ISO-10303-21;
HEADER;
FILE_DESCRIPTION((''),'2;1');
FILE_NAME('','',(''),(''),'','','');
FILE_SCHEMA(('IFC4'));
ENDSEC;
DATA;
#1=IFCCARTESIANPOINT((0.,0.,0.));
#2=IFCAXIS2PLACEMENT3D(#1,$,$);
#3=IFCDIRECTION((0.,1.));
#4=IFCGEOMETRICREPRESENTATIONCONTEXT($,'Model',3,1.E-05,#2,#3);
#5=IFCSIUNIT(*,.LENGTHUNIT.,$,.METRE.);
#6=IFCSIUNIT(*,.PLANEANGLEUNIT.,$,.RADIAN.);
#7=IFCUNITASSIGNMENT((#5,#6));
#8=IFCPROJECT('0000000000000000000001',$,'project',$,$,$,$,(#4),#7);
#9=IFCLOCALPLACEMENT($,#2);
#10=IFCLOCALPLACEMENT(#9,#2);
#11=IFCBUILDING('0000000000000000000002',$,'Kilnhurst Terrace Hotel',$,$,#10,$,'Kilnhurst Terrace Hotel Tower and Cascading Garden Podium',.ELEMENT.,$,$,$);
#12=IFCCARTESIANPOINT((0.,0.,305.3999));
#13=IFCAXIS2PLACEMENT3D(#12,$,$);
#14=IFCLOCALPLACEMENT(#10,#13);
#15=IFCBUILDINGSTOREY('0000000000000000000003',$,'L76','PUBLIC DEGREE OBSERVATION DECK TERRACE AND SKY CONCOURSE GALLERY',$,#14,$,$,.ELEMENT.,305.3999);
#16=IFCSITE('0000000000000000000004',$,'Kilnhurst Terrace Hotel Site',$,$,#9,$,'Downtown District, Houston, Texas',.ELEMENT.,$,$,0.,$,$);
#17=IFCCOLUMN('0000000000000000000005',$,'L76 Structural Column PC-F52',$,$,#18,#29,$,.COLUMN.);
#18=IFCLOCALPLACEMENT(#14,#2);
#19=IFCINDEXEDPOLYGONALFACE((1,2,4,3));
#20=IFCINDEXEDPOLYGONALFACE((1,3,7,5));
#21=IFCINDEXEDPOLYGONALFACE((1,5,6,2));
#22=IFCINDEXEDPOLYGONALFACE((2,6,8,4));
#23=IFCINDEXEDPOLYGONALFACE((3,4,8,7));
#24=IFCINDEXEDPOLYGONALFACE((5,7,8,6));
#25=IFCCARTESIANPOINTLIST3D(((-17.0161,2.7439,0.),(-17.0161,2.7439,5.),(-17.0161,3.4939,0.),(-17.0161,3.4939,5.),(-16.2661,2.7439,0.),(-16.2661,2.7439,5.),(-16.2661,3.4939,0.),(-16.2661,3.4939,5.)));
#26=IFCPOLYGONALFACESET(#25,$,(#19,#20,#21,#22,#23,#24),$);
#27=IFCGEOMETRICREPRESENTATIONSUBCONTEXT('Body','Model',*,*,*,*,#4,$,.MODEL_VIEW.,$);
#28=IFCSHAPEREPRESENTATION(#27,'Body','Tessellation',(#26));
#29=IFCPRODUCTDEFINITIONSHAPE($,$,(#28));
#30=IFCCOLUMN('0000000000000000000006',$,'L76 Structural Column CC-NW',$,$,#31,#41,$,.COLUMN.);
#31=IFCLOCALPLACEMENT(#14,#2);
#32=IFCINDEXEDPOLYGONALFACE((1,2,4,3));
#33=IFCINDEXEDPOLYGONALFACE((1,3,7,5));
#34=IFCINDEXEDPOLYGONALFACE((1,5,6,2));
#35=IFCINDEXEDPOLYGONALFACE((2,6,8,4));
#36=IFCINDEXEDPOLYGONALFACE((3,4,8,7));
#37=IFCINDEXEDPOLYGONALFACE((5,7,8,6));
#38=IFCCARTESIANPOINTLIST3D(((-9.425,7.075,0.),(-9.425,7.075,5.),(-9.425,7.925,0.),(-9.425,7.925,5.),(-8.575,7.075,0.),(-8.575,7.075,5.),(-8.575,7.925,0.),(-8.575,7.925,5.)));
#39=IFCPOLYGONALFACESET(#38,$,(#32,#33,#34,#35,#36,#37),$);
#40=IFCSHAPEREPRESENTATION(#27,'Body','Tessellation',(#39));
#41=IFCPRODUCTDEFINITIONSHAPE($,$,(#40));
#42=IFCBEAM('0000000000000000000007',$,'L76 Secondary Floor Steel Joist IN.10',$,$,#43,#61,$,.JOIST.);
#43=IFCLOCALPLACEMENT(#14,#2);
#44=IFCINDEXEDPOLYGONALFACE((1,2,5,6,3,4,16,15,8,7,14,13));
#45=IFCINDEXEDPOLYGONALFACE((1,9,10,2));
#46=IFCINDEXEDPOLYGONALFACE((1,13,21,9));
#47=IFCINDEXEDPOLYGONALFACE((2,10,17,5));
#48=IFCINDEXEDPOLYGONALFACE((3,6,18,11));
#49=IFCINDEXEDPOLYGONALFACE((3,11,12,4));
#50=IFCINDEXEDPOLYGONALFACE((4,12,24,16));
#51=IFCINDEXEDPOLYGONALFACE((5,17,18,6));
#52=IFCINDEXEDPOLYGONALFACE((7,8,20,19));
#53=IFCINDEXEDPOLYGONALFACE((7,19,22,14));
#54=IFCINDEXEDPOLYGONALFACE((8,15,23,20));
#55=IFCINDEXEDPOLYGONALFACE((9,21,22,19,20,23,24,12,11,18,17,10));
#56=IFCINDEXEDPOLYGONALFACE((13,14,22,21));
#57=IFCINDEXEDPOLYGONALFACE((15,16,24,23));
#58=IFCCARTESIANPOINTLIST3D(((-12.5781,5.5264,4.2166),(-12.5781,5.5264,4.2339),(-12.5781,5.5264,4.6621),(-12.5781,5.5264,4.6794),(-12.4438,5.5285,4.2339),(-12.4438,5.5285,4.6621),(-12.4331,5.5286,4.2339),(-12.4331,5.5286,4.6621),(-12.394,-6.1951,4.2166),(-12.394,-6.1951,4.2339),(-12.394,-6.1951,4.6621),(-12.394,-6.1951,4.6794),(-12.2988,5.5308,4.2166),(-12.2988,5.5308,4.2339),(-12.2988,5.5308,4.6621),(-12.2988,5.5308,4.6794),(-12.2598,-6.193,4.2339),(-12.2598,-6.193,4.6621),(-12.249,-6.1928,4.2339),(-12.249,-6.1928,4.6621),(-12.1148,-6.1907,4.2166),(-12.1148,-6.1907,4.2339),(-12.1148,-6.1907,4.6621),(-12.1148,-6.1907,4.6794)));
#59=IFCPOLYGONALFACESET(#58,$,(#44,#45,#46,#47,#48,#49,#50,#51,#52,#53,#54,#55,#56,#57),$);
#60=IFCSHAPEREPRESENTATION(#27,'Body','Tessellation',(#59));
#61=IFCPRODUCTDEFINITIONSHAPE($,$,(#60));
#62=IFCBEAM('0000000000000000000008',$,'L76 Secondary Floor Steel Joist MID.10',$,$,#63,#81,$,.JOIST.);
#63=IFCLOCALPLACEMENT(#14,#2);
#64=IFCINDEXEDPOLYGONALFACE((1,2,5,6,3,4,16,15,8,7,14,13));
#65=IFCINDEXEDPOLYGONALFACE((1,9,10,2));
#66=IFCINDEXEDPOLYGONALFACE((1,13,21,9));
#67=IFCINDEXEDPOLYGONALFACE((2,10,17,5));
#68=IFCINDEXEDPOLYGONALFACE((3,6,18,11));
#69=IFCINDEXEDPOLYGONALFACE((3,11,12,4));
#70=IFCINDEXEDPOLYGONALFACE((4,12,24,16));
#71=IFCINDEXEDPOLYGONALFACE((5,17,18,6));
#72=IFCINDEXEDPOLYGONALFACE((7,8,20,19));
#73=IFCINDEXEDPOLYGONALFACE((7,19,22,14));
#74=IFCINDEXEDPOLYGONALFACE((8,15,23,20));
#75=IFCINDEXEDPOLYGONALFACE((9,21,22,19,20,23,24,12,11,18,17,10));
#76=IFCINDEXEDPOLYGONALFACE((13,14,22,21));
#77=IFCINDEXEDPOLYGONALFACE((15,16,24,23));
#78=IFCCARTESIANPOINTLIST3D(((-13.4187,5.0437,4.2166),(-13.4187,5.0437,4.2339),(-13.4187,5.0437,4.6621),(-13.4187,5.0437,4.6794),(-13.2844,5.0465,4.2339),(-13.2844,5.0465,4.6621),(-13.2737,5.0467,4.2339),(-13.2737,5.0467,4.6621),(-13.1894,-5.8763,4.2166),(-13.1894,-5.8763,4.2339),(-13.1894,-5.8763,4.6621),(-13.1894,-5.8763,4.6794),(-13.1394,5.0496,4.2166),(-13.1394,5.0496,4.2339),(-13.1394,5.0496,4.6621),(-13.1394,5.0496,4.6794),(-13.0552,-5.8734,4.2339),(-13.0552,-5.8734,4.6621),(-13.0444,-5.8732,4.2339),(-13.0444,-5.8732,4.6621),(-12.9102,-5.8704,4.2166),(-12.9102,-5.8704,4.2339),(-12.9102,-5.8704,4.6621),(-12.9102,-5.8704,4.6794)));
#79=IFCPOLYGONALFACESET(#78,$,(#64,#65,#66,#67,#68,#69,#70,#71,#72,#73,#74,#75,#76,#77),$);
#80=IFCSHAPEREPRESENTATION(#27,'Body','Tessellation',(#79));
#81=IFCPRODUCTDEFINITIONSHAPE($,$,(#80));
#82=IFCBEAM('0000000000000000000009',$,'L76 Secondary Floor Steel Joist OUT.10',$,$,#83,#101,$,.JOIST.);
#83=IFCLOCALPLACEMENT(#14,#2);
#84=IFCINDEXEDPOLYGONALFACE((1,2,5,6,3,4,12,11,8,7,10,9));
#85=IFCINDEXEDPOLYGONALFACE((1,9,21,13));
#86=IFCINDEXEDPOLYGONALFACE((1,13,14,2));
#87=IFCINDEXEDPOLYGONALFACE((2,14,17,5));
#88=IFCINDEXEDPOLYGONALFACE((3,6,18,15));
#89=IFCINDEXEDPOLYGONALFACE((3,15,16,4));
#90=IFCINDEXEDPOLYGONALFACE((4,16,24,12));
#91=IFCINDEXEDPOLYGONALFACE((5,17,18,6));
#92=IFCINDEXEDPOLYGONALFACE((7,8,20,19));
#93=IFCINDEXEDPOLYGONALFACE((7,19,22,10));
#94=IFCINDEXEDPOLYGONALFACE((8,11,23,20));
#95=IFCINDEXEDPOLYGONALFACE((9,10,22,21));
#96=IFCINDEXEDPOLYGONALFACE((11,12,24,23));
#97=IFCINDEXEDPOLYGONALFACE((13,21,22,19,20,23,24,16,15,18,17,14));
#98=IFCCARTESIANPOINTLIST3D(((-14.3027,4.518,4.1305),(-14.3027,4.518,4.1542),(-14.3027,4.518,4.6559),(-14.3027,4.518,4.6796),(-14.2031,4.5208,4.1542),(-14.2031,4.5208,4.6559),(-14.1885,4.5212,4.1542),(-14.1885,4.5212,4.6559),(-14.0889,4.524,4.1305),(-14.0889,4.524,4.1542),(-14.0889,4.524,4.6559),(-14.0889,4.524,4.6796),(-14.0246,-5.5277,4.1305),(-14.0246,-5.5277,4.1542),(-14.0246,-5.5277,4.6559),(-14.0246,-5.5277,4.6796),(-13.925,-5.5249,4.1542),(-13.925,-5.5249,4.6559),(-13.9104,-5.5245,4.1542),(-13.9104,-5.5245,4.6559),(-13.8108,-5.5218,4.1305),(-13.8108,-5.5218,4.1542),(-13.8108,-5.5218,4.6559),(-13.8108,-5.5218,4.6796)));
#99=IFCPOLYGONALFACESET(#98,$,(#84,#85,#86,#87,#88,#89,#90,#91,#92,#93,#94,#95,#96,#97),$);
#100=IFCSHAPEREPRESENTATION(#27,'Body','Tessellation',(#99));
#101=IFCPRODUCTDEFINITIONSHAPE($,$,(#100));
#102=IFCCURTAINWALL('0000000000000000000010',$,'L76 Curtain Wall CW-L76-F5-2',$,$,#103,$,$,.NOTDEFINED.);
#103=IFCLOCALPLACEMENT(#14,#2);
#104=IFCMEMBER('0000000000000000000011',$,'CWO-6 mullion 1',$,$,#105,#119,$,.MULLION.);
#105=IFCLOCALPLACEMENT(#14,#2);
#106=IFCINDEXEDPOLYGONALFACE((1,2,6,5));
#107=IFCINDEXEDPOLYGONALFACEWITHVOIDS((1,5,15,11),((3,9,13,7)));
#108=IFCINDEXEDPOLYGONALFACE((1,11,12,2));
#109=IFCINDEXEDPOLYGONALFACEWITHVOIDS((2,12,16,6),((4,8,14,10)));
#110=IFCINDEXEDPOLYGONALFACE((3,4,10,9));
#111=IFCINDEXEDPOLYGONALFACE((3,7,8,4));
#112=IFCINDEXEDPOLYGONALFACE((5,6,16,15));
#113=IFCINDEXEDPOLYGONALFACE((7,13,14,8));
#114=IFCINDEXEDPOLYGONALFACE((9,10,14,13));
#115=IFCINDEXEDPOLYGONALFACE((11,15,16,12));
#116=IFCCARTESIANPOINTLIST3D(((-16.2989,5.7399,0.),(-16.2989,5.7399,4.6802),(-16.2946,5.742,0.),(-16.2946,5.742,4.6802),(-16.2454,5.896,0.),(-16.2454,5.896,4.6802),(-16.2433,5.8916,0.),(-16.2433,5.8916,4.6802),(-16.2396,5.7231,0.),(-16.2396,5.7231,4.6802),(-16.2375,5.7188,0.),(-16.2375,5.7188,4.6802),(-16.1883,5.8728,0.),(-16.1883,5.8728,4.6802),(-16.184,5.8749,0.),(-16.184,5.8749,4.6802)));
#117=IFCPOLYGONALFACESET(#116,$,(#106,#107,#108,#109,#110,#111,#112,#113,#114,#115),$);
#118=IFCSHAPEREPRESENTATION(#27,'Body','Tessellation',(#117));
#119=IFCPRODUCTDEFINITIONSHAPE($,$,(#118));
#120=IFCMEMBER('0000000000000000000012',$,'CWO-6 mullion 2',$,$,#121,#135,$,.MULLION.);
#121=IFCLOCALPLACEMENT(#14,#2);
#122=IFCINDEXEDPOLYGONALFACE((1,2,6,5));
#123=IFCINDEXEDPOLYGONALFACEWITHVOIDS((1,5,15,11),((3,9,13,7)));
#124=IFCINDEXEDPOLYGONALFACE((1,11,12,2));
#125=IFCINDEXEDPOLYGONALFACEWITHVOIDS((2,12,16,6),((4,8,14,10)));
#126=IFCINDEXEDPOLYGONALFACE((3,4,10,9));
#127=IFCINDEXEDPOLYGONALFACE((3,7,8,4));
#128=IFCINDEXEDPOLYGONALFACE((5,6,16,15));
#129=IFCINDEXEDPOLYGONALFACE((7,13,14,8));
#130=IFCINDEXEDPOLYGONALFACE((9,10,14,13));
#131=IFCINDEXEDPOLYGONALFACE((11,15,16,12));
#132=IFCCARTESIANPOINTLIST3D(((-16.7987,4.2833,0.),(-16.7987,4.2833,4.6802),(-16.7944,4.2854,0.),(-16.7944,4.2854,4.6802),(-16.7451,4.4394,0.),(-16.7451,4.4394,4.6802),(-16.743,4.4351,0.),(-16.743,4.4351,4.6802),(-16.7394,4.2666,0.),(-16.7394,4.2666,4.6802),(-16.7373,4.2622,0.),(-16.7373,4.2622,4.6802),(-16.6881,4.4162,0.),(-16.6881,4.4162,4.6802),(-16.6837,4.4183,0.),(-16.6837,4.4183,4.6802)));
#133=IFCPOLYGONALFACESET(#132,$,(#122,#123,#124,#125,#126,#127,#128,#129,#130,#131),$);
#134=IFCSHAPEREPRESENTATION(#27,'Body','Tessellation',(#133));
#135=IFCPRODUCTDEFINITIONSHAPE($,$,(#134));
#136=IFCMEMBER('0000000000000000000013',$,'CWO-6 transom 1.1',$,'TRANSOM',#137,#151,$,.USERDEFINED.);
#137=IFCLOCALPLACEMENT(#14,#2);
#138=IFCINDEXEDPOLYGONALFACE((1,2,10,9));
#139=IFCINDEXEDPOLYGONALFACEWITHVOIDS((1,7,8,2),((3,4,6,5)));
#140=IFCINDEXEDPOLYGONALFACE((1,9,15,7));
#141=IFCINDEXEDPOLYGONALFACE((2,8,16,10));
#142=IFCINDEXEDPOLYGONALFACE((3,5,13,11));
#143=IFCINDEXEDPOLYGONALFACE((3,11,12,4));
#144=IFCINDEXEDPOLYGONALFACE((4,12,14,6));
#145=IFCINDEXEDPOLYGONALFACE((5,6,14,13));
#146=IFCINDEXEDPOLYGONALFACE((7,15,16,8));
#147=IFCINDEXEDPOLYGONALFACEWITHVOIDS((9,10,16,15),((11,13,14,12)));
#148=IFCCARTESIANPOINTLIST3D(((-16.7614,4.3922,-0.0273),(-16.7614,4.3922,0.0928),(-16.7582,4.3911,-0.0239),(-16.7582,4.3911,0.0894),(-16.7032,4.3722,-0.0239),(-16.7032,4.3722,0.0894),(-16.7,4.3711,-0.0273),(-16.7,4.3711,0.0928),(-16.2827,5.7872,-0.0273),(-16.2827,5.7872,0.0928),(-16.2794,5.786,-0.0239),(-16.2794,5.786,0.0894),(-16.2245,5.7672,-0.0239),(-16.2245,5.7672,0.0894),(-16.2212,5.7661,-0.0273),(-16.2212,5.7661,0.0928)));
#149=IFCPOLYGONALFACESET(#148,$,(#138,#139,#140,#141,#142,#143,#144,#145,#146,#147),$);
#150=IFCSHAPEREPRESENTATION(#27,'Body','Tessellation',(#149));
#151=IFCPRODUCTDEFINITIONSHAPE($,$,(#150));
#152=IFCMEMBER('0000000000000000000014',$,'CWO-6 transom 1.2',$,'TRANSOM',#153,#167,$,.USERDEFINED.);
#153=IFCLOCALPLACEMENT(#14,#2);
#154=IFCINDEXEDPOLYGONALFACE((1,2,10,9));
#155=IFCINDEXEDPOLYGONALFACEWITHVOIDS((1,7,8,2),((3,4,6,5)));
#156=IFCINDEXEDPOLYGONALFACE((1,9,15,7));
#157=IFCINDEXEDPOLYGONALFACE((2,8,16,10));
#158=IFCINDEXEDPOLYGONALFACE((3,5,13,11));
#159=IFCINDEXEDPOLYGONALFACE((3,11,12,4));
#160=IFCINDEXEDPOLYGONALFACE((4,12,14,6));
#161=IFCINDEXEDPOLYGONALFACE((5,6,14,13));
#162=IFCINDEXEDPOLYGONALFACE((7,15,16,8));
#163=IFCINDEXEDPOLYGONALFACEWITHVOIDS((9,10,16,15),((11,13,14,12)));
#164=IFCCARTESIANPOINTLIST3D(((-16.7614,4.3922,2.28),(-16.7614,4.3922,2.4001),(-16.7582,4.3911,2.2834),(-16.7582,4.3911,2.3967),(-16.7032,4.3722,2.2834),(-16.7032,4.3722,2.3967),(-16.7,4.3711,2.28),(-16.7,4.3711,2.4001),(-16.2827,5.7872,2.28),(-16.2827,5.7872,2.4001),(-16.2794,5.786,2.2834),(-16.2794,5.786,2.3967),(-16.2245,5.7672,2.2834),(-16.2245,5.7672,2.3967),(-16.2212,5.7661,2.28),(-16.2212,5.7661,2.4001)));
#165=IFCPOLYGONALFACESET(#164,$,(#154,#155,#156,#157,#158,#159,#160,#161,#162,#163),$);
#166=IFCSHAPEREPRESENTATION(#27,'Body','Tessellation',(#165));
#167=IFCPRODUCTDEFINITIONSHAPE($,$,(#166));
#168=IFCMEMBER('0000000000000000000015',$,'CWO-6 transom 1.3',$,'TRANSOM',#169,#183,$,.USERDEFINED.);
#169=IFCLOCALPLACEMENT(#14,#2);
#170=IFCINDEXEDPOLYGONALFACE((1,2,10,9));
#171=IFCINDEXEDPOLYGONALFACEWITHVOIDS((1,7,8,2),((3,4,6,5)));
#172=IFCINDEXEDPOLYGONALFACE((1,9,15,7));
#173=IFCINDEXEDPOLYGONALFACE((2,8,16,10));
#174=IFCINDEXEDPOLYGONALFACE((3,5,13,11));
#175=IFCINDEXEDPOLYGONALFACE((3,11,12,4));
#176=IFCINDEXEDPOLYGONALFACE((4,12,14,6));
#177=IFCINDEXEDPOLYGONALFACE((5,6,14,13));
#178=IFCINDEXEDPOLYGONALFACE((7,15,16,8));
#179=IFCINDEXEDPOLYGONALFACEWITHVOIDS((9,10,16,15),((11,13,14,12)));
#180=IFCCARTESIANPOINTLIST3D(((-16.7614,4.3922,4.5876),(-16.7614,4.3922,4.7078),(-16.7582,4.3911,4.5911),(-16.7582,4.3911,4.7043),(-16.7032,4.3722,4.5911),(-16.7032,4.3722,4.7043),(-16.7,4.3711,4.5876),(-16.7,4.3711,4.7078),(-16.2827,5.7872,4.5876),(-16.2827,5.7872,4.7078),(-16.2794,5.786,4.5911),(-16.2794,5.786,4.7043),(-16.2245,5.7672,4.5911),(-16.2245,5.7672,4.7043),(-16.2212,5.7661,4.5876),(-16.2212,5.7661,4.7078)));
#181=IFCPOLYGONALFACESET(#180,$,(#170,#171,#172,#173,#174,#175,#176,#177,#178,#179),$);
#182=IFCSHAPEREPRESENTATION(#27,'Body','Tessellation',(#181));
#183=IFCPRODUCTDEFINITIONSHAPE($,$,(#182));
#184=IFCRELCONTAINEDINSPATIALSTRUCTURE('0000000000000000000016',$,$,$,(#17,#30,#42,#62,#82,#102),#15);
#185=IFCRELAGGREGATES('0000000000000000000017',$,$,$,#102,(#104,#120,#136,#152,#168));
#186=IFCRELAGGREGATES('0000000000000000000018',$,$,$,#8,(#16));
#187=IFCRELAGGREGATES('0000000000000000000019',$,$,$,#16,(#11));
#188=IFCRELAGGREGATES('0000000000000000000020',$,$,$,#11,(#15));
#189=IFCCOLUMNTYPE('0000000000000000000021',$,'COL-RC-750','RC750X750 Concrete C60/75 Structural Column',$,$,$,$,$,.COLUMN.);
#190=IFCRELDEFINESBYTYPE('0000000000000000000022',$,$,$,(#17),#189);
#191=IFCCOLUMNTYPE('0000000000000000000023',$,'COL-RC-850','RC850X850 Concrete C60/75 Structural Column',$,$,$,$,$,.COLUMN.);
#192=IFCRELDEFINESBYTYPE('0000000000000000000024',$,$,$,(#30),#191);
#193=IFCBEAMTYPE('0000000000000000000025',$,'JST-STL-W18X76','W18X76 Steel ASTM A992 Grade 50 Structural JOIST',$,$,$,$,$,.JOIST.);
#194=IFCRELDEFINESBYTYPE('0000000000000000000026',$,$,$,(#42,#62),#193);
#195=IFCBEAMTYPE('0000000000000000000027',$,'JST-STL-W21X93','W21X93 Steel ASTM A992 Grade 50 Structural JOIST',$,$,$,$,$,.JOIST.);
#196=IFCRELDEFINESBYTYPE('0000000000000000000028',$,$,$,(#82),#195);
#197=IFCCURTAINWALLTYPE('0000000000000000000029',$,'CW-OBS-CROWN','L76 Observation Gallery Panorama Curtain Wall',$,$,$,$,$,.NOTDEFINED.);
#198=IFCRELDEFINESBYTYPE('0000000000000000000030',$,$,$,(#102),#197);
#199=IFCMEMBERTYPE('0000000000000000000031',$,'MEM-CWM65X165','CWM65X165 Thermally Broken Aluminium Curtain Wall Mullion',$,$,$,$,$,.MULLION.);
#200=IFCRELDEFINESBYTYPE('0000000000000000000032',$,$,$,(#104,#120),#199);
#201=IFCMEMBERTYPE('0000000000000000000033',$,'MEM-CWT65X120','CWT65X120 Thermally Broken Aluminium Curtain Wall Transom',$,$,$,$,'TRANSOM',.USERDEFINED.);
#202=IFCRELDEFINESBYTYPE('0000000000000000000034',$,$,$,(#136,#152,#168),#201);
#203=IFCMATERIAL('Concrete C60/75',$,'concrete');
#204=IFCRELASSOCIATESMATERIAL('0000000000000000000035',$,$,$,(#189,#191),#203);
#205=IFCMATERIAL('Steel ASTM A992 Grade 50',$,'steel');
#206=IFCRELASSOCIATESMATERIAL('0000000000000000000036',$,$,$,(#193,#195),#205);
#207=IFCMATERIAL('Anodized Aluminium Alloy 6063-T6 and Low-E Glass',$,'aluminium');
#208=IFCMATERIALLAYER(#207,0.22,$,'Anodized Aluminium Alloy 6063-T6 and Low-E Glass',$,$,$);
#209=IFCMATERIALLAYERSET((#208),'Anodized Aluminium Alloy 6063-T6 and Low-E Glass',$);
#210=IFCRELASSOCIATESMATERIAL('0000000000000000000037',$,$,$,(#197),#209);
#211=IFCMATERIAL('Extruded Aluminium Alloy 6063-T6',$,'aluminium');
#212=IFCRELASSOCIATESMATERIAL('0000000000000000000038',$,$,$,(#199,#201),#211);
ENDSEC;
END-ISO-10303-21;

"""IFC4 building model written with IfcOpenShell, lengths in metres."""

from ifc_helpers import new_model, si_unit, direction, frame, origin, origin_2d, place, context, subcontext, project, spatial, rectangle, hollow_rectangle, i_section, extrude, material, layer, layer_set, material_profile, profile_set, type_object, element, aggregate, save


model = new_model("IFC4")

# Units and contexts
model_context = context("Model", 3, precision=1e-05, world=origin(), true_north=direction((0.0, 1.0)))
body_context = subcontext(model_context, "Body", "Model", "MODEL_VIEW")
ifc_project = project(units=[si_unit("LENGTHUNIT", "METRE"), si_unit("PLANEANGLEUNIT", "RADIAN")], contexts=[model_context])

# Site, building, storey
site_placement = place(None, origin())
site = spatial("IfcSite", under=ifc_project, at=site_placement, Name="Kilnhurst Terrace Hotel Site", LongName="Downtown District, Houston, Texas", CompositionType="ELEMENT", RefElevation=0.0)
building_placement = place(site_placement, origin())
building = spatial("IfcBuilding", under=site, at=building_placement, Name="Kilnhurst Terrace Hotel", LongName="Kilnhurst Terrace Hotel Tower and Cascading Garden Podium", CompositionType="ELEMENT")
storey_placement = place(building_placement, frame((0.0, 0.0, 305.3999)))
storey = spatial("IfcBuildingStorey", under=building, at=storey_placement, Name="L76", Description="PUBLIC DEGREE OBSERVATION DECK TERRACE AND SKY CONCOURSE GALLERY", CompositionType="ELEMENT", Elevation=305.3999)

# Columns
ifc_material_1 = material(Name="Concrete C60/75", Category="concrete")
ifc_material_profile_1 = material_profile(ifc_material_1, rectangle(XDim=0.75, YDim=0.75, at=origin_2d()), Name="RC750X750")
ifc_profile_set_1 = profile_set([ifc_material_profile_1], Name="Concrete C60/75")
column_type_1 = type_object("IfcColumnType", Name="COL-RC-750", Description="RC750X750 Concrete C60/75 Structural Column", PredefinedType="COLUMN", material=ifc_profile_set_1)
column_1_placement = place(storey_placement, frame((-16.6411, 3.1189, 0.0), z_axis=(0.0, 0.0, 1.0), x_axis=(1.0, 0.0, 0.0)))
element("IfcColumn", 1, at=column_1_placement, inside=storey, type_object=column_type_1, Name="L76 Structural Column PC-F52", PredefinedType="COLUMN", context=body_context, shape_type="SweptSolid", body=[
    extrude(rectangle(XDim=0.75, YDim=0.75, at=origin_2d()), origin(), (0.0, 0.0, 1.0), 5.0),
])
ifc_material_profile_2 = material_profile(ifc_material_1, rectangle(XDim=0.8501, YDim=0.8501, at=origin_2d()), Name="RC850X850")
ifc_profile_set_2 = profile_set([ifc_material_profile_2], Name="Concrete C60/75")
column_type_2 = type_object("IfcColumnType", Name="COL-RC-850", Description="RC850X850 Concrete C60/75 Structural Column", PredefinedType="COLUMN", material=ifc_profile_set_2)
column_2_placement = place(storey_placement, frame((-9.0, 7.5, 0.0), z_axis=(0.0, 0.0, 1.0), x_axis=(1.0, 0.0, 0.0)))
element("IfcColumn", 2, at=column_2_placement, inside=storey, type_object=column_type_2, Name="L76 Structural Column CC-NW", PredefinedType="COLUMN", context=body_context, shape_type="SweptSolid", body=[
    extrude(rectangle(XDim=0.8501, YDim=0.8501, at=origin_2d()), origin(), (0.0, 0.0, 1.0), 5.0),
])

# Beams
ifc_material_2 = material(Name="Steel ASTM A992 Grade 50", Category="steel")
ifc_material_profile_3 = material_profile(ifc_material_2, i_section(OverallWidth=0.2793, OverallDepth=0.4629, WebThickness=0.0107, FlangeThickness=0.0173, at=origin_2d()), Name="W18X76")
ifc_profile_set_3 = profile_set([ifc_material_profile_3], Name="Steel ASTM A992 Grade 50")
beam_type_1 = type_object("IfcBeamType", Name="JST-STL-W18X76", Description="W18X76 Steel ASTM A992 Grade 50 Structural JOIST", PredefinedType="JOIST", material=ifc_profile_set_3)
beam_1_placement = place(storey_placement, frame((-12.4385, 5.5286, 4.448), z_axis=(0.015703, -0.999877, 0.0), x_axis=(0.999877, 0.015703, 0.0)))
element("IfcBeam", 3, at=beam_1_placement, inside=storey, type_object=beam_type_1, Name="L76 Secondary Floor Steel Joist IN.10", PredefinedType="JOIST", context=body_context, shape_type="SweptSolid", body=[
    extrude(i_section(OverallWidth=0.2793, OverallDepth=0.4629, WebThickness=0.0107, FlangeThickness=0.0173, at=origin_2d()), origin(), (0.0, 0.0, 1.0), 11.7229),
])
beam_2_placement = place(storey_placement, frame((-13.2791, 5.0466, 4.448), z_axis=(0.020989, -0.99978, 0.0), x_axis=(0.99978, 0.020989, 0.0)))
element("IfcBeam", 4, at=beam_2_placement, inside=storey, type_object=beam_type_1, Name="L76 Secondary Floor Steel Joist MID.10", PredefinedType="JOIST", context=body_context, shape_type="SweptSolid", body=[
    extrude(i_section(OverallWidth=0.2793, OverallDepth=0.4629, WebThickness=0.0107, FlangeThickness=0.0173, at=origin_2d()), origin(), (0.0, 0.0, 1.0), 10.9224),
])
ifc_material_profile_4 = material_profile(ifc_material_2, i_section(OverallWidth=0.2139, OverallDepth=0.5491, WebThickness=0.0146, FlangeThickness=0.0237, at=origin_2d()), Name="W21X93")
ifc_profile_set_4 = profile_set([ifc_material_profile_4], Name="Steel ASTM A992 Grade 50")
beam_type_2 = type_object("IfcBeamType", Name="JST-STL-W21X93", Description="W21X93 Steel ASTM A992 Grade 50 Structural JOIST", PredefinedType="JOIST", material=ifc_profile_set_4)
beam_3_placement = place(storey_placement, frame((-14.1958, 4.521, 4.405), z_axis=(0.027671, -0.999617, 0.0), x_axis=(0.999617, 0.027671, 0.0)))
element("IfcBeam", 5, at=beam_3_placement, inside=storey, type_object=beam_type_2, Name="L76 Secondary Floor Steel Joist OUT.10", PredefinedType="JOIST", context=body_context, shape_type="SweptSolid", body=[
    extrude(i_section(OverallWidth=0.2139, OverallDepth=0.5491, WebThickness=0.0146, FlangeThickness=0.0237, at=origin_2d()), origin(), (0.0, 0.0, 1.0), 10.0496),
])

# Curtain wall, members
ifc_material_3 = material(Name="Anodized Aluminium Alloy 6063-T6 and Low-E Glass", Category="aluminium")
ifc_layer_1 = layer(ifc_material_3, 0.22, Name="Anodized Aluminium Alloy 6063-T6 and Low-E Glass")
ifc_layer_set_1 = layer_set([ifc_layer_1], Name="Anodized Aluminium Alloy 6063-T6 and Low-E Glass")
curtain_wall_type = type_object("IfcCurtainWallType", Name="CW-OBS-CROWN", Description="L76 Observation Gallery Panorama Curtain Wall", PredefinedType="NOTDEFINED", material=ifc_layer_set_1)
curtain_wall_placement = place(storey_placement, origin())
curtain_wall = element("IfcCurtainWall", 6, at=curtain_wall_placement, inside=storey, type_object=curtain_wall_type, Name="L76 Curtain Wall CW-L76-F5-2", PredefinedType="NOTDEFINED")
ifc_material_4 = material(Name="Extruded Aluminium Alloy 6063-T6", Category="aluminium")
ifc_material_profile_5 = material_profile(ifc_material_4, hollow_rectangle(XDim=0.0649, YDim=0.165, WallThickness=0.0034, at=origin_2d()), Name="CWM65X165")
ifc_profile_set_5 = profile_set([ifc_material_profile_5], Name="Extruded Aluminium Alloy 6063-T6")
member_type_1 = type_object("IfcMemberType", Name="MEM-CWM65X165", Description="CWM65X165 Thermally Broken Aluminium Curtain Wall Mullion", PredefinedType="MULLION", material=ifc_profile_set_5)
member_1_placement = place(storey_placement, frame((-16.2415, 5.8074, 0.0), z_axis=(0.0, 0.0, 1.0), x_axis=(0.945887, -0.324496, 0.0)))
member_1 = element("IfcMember", 7, at=member_1_placement, type_object=member_type_1, Name="CWO-6 mullion 1", PredefinedType="MULLION", context=body_context, shape_type="SweptSolid", body=[
    extrude(hollow_rectangle(XDim=0.0649, YDim=0.165, WallThickness=0.0034, at=origin_2d()), origin(), (0.0, 0.0, 1.0), 4.6802),
])
member_2_placement = place(storey_placement, frame((-16.7412, 4.3508, 0.0), z_axis=(0.0, 0.0, 1.0), x_axis=(0.945887, -0.324496, 0.0)))
member_2 = element("IfcMember", 8, at=member_2_placement, type_object=member_type_1, Name="CWO-6 mullion 2", PredefinedType="MULLION", context=body_context, shape_type="SweptSolid", body=[
    extrude(hollow_rectangle(XDim=0.0649, YDim=0.165, WallThickness=0.0034, at=origin_2d()), origin(), (0.0, 0.0, 1.0), 4.6802),
])
ifc_material_profile_6 = material_profile(ifc_material_4, hollow_rectangle(XDim=0.0649, YDim=0.1201, WallThickness=0.0034, at=origin_2d()), Name="CWT65X120")
ifc_profile_set_6 = profile_set([ifc_material_profile_6], Name="Extruded Aluminium Alloy 6063-T6")
member_type_2 = type_object("IfcMemberType", Name="MEM-CWT65X120", Description="CWT65X120 Thermally Broken Aluminium Curtain Wall Transom", ElementType="TRANSOM", PredefinedType="USERDEFINED", material=ifc_profile_set_6)
member_3_placement = place(storey_placement, frame((-16.252, 5.7766, 0.0327), z_axis=(-0.324608, -0.945849, 0.0), x_axis=(0.945849, -0.324608, 0.0)))
member_3 = element("IfcMember", 9, at=member_3_placement, type_object=member_type_2, Name="CWO-6 transom 1.1", ObjectType="TRANSOM", PredefinedType="USERDEFINED", context=body_context, shape_type="SweptSolid", body=[
    extrude(hollow_rectangle(XDim=0.0649, YDim=0.1201, WallThickness=0.0034, at=origin_2d()), origin(), (0.0, 0.0, 1.0), 1.4749),
])
member_4_placement = place(storey_placement, frame((-16.252, 5.7766, 2.3401), z_axis=(-0.324608, -0.945849, 0.0), x_axis=(0.945849, -0.324608, 0.0)))
member_4 = element("IfcMember", 10, at=member_4_placement, type_object=member_type_2, Name="CWO-6 transom 1.2", ObjectType="TRANSOM", PredefinedType="USERDEFINED", context=body_context, shape_type="SweptSolid", body=[
    extrude(hollow_rectangle(XDim=0.0649, YDim=0.1201, WallThickness=0.0034, at=origin_2d()), origin(), (0.0, 0.0, 1.0), 1.4749),
])
member_5_placement = place(storey_placement, frame((-16.252, 5.7766, 4.6477), z_axis=(-0.324608, -0.945849, 0.0), x_axis=(0.945849, -0.324608, 0.0)))
member_5 = element("IfcMember", 11, at=member_5_placement, type_object=member_type_2, Name="CWO-6 transom 1.3", ObjectType="TRANSOM", PredefinedType="USERDEFINED", context=body_context, shape_type="SweptSolid", body=[
    extrude(hollow_rectangle(XDim=0.0649, YDim=0.1201, WallThickness=0.0034, at=origin_2d()), origin(), (0.0, 0.0, 1.0), 1.4749),
])

aggregate(curtain_wall, [member_1, member_2, member_3, member_4, member_5])

save(model, "model.ifc")
